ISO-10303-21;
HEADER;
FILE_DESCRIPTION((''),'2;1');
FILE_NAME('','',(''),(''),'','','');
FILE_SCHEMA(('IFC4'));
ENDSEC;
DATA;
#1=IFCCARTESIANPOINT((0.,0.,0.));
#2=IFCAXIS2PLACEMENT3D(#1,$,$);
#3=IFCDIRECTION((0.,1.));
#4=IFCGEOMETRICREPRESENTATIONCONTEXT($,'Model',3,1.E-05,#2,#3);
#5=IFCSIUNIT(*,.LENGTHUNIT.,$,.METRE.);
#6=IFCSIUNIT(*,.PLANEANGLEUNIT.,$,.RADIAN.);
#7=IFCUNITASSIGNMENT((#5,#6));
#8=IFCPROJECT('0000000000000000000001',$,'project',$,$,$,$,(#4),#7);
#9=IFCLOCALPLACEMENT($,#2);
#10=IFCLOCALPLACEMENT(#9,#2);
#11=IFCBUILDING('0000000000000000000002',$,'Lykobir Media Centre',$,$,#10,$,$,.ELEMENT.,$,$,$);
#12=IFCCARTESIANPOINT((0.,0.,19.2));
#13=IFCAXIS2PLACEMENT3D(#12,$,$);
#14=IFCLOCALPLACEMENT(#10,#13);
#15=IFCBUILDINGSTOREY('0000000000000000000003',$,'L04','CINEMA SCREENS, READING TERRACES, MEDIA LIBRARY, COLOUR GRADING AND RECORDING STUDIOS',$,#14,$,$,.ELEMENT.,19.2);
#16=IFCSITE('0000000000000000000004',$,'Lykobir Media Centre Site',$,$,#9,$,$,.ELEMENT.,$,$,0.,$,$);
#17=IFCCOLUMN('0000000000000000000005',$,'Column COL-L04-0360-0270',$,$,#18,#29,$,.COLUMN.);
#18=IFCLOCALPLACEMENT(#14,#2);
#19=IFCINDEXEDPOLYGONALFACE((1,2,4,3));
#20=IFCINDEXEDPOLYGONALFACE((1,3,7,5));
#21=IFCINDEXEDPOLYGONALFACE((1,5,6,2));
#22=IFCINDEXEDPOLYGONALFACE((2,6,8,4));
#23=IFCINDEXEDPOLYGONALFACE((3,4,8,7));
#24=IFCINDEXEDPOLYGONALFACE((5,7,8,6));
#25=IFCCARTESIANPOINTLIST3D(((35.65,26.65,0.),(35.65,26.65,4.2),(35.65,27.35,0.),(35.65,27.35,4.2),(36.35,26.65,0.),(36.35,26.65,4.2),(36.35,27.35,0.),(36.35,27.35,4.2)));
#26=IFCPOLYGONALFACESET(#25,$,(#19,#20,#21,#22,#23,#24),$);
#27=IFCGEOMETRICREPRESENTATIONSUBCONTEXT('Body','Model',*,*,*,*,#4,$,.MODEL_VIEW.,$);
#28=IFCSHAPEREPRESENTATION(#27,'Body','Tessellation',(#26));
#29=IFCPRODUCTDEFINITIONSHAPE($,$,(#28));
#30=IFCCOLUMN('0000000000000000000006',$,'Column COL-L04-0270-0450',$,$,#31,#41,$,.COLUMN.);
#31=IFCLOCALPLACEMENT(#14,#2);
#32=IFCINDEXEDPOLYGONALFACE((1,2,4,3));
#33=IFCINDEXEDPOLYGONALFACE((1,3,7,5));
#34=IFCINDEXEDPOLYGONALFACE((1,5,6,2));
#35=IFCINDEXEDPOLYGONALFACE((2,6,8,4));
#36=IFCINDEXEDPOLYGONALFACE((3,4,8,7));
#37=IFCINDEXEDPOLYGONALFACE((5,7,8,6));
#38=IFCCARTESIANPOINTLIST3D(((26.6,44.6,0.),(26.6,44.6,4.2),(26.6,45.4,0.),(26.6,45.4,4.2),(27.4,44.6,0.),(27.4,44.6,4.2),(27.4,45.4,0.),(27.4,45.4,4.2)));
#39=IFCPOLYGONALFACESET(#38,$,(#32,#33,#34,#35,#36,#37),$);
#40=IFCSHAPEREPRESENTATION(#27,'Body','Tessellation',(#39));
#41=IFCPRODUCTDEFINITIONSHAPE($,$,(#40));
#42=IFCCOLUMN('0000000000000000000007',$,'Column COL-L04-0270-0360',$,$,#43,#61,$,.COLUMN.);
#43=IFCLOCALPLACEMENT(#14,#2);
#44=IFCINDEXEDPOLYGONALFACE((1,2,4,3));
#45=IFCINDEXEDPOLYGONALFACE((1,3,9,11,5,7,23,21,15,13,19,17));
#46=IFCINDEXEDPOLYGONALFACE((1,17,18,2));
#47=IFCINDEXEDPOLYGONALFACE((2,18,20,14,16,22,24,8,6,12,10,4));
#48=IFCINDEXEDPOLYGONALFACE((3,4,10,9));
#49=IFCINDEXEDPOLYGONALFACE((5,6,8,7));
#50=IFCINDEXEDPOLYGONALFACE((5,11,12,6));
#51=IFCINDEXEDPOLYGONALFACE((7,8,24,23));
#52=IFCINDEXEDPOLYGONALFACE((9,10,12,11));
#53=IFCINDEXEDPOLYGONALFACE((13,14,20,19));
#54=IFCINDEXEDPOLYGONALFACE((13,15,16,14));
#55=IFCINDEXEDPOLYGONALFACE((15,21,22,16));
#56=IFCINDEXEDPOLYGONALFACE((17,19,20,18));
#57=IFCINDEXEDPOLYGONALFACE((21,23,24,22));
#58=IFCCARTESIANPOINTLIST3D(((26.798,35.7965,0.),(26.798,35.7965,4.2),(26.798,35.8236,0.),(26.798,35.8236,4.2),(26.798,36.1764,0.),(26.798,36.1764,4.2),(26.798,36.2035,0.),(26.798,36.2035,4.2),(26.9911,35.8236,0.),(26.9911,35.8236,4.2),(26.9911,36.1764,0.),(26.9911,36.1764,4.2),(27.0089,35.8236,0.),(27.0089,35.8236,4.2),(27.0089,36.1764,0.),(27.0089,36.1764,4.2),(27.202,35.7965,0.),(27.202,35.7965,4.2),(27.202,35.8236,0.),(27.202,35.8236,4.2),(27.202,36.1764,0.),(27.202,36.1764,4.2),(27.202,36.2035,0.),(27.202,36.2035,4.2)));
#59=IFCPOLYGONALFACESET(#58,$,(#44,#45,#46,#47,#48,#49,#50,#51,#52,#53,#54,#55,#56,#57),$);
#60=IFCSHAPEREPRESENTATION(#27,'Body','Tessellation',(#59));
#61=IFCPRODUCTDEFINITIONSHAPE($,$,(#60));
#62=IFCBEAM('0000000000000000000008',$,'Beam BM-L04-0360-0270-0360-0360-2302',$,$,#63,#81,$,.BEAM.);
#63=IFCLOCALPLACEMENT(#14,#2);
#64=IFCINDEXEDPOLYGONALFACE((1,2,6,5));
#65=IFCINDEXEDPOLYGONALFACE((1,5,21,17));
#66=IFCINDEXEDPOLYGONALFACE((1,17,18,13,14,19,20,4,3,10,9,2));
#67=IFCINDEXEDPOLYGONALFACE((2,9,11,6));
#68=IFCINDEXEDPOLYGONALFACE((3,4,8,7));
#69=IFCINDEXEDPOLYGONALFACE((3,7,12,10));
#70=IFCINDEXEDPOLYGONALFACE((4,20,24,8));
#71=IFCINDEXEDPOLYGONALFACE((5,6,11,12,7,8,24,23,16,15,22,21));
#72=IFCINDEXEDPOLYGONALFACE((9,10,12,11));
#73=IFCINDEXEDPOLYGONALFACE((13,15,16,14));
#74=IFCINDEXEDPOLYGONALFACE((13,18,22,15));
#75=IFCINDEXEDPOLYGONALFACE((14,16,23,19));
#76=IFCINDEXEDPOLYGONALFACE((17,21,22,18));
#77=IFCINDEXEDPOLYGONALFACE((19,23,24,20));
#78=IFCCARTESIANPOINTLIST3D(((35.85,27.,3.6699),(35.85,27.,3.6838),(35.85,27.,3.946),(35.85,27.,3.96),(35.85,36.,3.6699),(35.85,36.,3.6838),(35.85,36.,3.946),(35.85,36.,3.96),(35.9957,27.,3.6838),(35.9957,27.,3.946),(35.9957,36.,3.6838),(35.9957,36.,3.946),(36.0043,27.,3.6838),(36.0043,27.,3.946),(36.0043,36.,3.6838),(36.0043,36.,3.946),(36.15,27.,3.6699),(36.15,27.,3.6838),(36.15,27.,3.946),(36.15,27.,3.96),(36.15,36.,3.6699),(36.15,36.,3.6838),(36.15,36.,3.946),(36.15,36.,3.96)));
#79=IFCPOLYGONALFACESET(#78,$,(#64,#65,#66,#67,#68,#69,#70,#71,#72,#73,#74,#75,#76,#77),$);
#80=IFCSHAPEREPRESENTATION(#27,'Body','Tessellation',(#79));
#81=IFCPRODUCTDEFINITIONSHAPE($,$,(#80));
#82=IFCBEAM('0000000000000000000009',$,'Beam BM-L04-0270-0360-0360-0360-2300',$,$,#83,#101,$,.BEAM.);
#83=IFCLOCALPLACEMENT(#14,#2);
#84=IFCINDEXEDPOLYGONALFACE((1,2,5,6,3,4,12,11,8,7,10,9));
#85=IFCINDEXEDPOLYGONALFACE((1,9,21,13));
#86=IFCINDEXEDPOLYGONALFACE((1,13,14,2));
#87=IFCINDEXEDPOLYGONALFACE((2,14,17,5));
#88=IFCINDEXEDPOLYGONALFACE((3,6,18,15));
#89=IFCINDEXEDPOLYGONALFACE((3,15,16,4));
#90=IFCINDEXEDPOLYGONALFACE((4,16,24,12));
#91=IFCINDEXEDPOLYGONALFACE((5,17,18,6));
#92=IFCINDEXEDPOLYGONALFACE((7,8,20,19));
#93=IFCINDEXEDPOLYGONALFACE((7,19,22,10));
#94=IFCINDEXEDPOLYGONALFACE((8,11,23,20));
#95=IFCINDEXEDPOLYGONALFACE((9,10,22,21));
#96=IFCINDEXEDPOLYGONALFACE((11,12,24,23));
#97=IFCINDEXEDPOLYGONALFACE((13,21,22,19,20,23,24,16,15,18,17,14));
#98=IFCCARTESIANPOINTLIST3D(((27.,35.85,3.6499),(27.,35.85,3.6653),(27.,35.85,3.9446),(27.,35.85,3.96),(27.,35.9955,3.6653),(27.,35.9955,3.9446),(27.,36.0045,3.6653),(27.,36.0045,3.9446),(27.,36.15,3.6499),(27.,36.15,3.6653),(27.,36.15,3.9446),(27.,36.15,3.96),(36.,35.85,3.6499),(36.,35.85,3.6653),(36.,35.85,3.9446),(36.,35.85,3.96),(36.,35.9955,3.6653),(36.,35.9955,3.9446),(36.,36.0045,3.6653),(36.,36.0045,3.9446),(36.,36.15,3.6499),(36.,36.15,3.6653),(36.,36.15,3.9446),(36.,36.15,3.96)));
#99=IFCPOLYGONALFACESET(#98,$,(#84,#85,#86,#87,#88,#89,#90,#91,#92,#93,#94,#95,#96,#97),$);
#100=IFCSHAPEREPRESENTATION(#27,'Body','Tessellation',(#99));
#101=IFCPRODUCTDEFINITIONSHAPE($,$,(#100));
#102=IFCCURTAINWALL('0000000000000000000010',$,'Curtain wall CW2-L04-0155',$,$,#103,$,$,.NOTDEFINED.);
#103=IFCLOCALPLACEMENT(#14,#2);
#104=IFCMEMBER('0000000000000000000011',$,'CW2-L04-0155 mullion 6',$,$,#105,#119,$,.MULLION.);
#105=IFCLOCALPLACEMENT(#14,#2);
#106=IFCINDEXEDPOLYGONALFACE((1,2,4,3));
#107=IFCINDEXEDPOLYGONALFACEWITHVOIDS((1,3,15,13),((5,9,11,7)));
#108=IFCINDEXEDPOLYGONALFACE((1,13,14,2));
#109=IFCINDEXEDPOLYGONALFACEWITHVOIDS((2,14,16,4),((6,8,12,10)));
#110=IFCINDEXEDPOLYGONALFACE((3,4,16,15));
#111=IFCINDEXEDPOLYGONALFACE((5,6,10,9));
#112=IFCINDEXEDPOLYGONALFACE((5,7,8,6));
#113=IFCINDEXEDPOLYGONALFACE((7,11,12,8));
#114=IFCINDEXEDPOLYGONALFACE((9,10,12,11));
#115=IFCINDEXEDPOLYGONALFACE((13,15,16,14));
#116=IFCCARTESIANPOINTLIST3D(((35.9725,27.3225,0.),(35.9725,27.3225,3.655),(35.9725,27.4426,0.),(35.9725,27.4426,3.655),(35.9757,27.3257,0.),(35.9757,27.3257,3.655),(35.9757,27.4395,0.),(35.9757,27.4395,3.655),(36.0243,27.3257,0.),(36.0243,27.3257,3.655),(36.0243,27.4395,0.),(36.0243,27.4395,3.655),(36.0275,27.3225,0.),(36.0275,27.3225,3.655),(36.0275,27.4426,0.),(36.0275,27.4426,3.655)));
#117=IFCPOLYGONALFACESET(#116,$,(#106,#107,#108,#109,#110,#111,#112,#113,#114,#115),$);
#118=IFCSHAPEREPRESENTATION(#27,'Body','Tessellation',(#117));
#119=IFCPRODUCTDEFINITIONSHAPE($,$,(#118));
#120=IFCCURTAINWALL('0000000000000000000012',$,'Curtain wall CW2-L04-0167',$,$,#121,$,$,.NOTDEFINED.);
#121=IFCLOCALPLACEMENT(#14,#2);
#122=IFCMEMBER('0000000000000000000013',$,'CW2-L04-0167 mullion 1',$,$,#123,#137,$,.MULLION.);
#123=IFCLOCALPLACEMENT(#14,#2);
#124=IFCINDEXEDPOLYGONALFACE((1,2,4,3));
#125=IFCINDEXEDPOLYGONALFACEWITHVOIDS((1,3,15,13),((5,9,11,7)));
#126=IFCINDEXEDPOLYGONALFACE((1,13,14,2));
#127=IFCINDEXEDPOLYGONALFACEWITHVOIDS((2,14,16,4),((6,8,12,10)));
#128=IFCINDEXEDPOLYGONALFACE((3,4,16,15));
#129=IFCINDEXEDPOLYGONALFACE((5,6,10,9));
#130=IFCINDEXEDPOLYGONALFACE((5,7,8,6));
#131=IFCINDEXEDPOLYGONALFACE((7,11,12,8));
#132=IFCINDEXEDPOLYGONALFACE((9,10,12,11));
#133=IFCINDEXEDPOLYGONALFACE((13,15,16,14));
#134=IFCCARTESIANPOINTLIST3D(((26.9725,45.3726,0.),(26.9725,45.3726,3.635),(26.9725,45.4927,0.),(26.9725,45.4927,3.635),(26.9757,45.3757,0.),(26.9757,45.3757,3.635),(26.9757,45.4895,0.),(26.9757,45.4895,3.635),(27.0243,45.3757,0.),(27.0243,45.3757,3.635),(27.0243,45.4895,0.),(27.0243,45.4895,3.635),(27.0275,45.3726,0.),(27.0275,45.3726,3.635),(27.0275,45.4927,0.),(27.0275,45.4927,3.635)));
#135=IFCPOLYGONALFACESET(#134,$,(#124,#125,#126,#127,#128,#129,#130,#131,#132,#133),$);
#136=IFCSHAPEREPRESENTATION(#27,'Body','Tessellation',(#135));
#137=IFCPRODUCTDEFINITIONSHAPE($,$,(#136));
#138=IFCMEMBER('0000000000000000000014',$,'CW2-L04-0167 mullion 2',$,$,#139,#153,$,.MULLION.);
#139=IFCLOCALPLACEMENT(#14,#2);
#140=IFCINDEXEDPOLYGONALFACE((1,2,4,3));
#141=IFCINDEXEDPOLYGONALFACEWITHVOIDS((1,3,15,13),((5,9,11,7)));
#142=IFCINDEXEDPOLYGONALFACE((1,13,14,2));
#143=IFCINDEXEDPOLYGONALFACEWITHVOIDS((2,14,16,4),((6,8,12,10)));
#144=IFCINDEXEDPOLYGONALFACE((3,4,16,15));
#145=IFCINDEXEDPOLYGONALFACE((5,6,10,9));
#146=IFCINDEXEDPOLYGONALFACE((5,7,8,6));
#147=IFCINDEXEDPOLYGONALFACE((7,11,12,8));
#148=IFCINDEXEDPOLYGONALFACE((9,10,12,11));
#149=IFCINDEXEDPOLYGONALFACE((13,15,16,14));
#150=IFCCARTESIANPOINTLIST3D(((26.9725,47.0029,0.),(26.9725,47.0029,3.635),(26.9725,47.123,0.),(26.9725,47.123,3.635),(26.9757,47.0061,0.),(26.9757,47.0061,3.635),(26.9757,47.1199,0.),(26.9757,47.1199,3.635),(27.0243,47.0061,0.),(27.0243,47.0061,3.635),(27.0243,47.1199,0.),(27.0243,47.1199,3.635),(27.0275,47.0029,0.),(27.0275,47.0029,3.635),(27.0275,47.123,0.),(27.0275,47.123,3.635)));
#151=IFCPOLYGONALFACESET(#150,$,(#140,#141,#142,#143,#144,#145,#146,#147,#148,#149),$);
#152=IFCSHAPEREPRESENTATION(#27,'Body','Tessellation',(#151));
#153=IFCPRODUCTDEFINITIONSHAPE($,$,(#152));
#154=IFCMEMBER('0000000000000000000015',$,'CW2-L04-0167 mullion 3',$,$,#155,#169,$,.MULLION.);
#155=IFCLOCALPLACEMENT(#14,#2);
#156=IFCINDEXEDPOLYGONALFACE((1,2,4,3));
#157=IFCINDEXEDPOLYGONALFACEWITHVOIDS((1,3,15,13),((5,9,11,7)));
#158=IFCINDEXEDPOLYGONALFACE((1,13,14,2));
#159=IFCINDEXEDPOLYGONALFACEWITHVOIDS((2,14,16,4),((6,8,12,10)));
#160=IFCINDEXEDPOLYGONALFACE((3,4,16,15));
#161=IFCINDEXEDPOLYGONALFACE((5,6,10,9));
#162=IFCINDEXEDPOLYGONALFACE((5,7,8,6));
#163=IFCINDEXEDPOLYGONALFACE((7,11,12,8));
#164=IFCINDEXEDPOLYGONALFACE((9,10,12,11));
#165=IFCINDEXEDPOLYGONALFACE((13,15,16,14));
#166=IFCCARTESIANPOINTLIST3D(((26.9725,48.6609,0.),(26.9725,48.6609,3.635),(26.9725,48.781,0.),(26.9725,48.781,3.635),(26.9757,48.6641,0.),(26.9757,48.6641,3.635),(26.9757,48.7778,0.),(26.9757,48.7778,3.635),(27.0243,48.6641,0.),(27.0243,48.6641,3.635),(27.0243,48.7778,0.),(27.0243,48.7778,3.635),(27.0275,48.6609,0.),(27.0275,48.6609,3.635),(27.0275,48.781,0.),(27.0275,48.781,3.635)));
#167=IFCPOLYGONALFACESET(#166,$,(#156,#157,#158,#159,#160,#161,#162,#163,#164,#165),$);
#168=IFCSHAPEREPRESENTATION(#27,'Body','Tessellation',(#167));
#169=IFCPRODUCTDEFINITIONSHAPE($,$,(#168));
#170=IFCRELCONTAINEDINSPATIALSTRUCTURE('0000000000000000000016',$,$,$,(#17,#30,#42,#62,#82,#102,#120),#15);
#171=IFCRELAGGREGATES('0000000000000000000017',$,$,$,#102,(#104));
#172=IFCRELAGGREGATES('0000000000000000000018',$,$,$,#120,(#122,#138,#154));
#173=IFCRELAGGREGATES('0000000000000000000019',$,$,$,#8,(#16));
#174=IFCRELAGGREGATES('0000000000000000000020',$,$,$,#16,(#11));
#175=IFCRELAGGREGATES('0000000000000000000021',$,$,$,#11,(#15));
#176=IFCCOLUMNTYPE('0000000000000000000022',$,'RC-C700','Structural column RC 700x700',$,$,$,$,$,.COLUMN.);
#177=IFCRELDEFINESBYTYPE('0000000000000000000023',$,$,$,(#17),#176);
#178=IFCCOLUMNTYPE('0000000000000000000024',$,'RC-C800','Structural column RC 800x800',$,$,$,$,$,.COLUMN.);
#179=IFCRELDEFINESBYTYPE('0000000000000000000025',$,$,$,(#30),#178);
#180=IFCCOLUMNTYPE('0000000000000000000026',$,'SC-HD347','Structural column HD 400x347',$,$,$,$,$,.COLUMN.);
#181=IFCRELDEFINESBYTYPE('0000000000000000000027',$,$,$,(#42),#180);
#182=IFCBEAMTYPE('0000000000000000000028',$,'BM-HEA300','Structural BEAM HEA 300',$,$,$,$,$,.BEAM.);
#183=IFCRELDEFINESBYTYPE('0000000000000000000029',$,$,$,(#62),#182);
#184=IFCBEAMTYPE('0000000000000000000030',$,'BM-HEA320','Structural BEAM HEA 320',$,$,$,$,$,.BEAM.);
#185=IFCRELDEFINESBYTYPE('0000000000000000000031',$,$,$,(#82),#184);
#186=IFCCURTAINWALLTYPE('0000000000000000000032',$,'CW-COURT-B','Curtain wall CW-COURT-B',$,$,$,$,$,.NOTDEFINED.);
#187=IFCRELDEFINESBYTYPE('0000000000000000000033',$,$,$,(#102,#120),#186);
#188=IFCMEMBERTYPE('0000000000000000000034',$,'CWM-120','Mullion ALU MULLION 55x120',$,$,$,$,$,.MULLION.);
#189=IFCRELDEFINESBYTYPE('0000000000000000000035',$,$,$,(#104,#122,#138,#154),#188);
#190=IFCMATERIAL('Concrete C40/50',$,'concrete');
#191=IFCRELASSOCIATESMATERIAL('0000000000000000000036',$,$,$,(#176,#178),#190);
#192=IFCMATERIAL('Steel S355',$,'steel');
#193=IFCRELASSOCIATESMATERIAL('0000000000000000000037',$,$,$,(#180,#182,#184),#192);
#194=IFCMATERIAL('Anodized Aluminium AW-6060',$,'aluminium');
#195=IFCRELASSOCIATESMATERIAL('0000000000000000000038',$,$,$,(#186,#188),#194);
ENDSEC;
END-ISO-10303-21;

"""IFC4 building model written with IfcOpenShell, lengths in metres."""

from ifc_helpers import new_model, si_unit, direction, frame, origin, origin_2d, place, context, subcontext, project, spatial, rectangle, hollow_rectangle, i_section, extrude, material, material_profile, profile_set, type_object, element, aggregate, save


model = new_model("IFC4")

# Units and contexts
model_context = context("Model", 3, precision=1e-05, world=origin(), true_north=direction((0.0, 1.0)))
body_context = subcontext(model_context, "Body", "Model", "MODEL_VIEW")
ifc_project = project(units=[si_unit("LENGTHUNIT", "METRE"), si_unit("PLANEANGLEUNIT", "RADIAN")], contexts=[model_context])

# Site, building, storey
site_placement = place(None, origin())
site = spatial("IfcSite", under=ifc_project, at=site_placement, Name="Lykobir Media Centre Site", CompositionType="ELEMENT", RefElevation=0.0)
building_placement = place(site_placement, origin())
building = spatial("IfcBuilding", under=site, at=building_placement, Name="Lykobir Media Centre", CompositionType="ELEMENT")
storey_placement = place(building_placement, frame((0.0, 0.0, 19.2)))
storey = spatial("IfcBuildingStorey", under=building, at=storey_placement, Name="L04", Description="CINEMA SCREENS, READING TERRACES, MEDIA LIBRARY, COLOUR GRADING AND RECORDING STUDIOS", CompositionType="ELEMENT", Elevation=19.2)

# Columns
ifc_material_1 = material(Name="Concrete C40/50", Category="concrete")
ifc_material_profile_1 = material_profile(ifc_material_1, rectangle(XDim=0.7, YDim=0.7, at=origin_2d()), Name="RC 700x700")
ifc_profile_set_1 = profile_set([ifc_material_profile_1], Name="Concrete C40/50")
column_type_1 = type_object("IfcColumnType", Name="RC-C700", Description="Structural column RC 700x700", PredefinedType="COLUMN", material=ifc_profile_set_1)
column_1_placement = place(storey_placement, frame((36.0, 27.0, 0.0), z_axis=(0.0, 0.0, 1.0), x_axis=(1.0, 0.0, 0.0)))
element("IfcColumn", 1, at=column_1_placement, inside=storey, type_object=column_type_1, Name="Column COL-L04-0360-0270", PredefinedType="COLUMN", context=body_context, shape_type="SweptSolid", body=[
    extrude(rectangle(XDim=0.7, YDim=0.7, at=origin_2d()), origin(), (0.0, 0.0, 1.0), 4.2),
])
ifc_material_profile_2 = material_profile(ifc_material_1, rectangle(XDim=0.8, YDim=0.8, at=origin_2d()), Name="RC 800x800")
ifc_profile_set_2 = profile_set([ifc_material_profile_2], Name="Concrete C40/50")
column_type_2 = type_object("IfcColumnType", Name="RC-C800", Description="Structural column RC 800x800", PredefinedType="COLUMN", material=ifc_profile_set_2)
column_2_placement = place(storey_placement, frame((27.0, 45.0, 0.0), z_axis=(0.0, 0.0, 1.0), x_axis=(1.0, 0.0, 0.0)))
element("IfcColumn", 2, at=column_2_placement, inside=storey, type_object=column_type_2, Name="Column COL-L04-0270-0450", PredefinedType="COLUMN", context=body_context, shape_type="SweptSolid", body=[
    extrude(rectangle(XDim=0.8, YDim=0.8, at=origin_2d()), origin(), (0.0, 0.0, 1.0), 4.2),
])
ifc_material_2 = material(Name="Steel S355", Category="steel")
ifc_material_profile_3 = material_profile(ifc_material_2, i_section(OverallWidth=0.4041, OverallDepth=0.407, WebThickness=0.0178, FlangeThickness=0.0271, at=origin_2d()), Name="HD 400x347")
ifc_profile_set_3 = profile_set([ifc_material_profile_3], Name="Steel S355")
column_type_3 = type_object("IfcColumnType", Name="SC-HD347", Description="Structural column HD 400x347", PredefinedType="COLUMN", material=ifc_profile_set_3)
column_3_placement = place(storey_placement, frame((27.0, 36.0, 0.0), z_axis=(0.0, 0.0, 1.0), x_axis=(1.0, 0.0, 0.0)))
element("IfcColumn", 3, at=column_3_placement, inside=storey, type_object=column_type_3, Name="Column COL-L04-0270-0360", PredefinedType="COLUMN", context=body_context, shape_type="SweptSolid", body=[
    extrude(i_section(OverallWidth=0.4041, OverallDepth=0.407, WebThickness=0.0178, FlangeThickness=0.0271, at=origin_2d()), origin(), (0.0, 0.0, 1.0), 4.2),
])

# Beams
ifc_material_profile_4 = material_profile(ifc_material_2, i_section(OverallWidth=0.3, OverallDepth=0.29, WebThickness=0.0085, FlangeThickness=0.0139, at=origin_2d()), Name="HEA 300")
ifc_profile_set_4 = profile_set([ifc_material_profile_4], Name="Steel S355")
beam_type_1 = type_object("IfcBeamType", Name="BM-HEA300", Description="Structural BEAM HEA 300", PredefinedType="BEAM", material=ifc_profile_set_4)
beam_1_placement = place(storey_placement, frame((36.0, 27.0, 3.8149), z_axis=(0.0, 1.0, 0.0), x_axis=(-1.0, 0.0, 0.0)))
element("IfcBeam", 4, at=beam_1_placement, inside=storey, type_object=beam_type_1, Name="Beam BM-L04-0360-0270-0360-0360-2302", PredefinedType="BEAM", context=body_context, shape_type="SweptSolid", body=[
    extrude(i_section(OverallWidth=0.3, OverallDepth=0.29, WebThickness=0.0085, FlangeThickness=0.0139, at=origin_2d()), origin(), (0.0, 0.0, 1.0), 9.0),
])
ifc_material_profile_5 = material_profile(ifc_material_2, i_section(OverallWidth=0.3, OverallDepth=0.3101, WebThickness=0.009, FlangeThickness=0.0154, at=origin_2d()), Name="HEA 320")
ifc_profile_set_5 = profile_set([ifc_material_profile_5], Name="Steel S355")
beam_type_2 = type_object("IfcBeamType", Name="BM-HEA320", Description="Structural BEAM HEA 320", PredefinedType="BEAM", material=ifc_profile_set_5)
beam_2_placement = place(storey_placement, frame((27.0, 36.0, 3.8049), z_axis=(1.0, 0.0, 0.0), x_axis=(0.0, 1.0, 0.0)))
element("IfcBeam", 5, at=beam_2_placement, inside=storey, type_object=beam_type_2, Name="Beam BM-L04-0270-0360-0360-0360-2300", PredefinedType="BEAM", context=body_context, shape_type="SweptSolid", body=[
    extrude(i_section(OverallWidth=0.3, OverallDepth=0.3101, WebThickness=0.009, FlangeThickness=0.0154, at=origin_2d()), origin(), (0.0, 0.0, 1.0), 9.0),
])

# Curtain wall, member
ifc_material_3 = material(Name="Anodized Aluminium AW-6060", Category="aluminium")
curtain_wall_type = type_object("IfcCurtainWallType", Name="CW-COURT-B", Description="Curtain wall CW-COURT-B", PredefinedType="NOTDEFINED", material=ifc_material_3)
curtain_wall_1_placement = place(storey_placement, origin())
curtain_wall_1 = element("IfcCurtainWall", 6, at=curtain_wall_1_placement, inside=storey, type_object=curtain_wall_type, Name="Curtain wall CW2-L04-0155", PredefinedType="NOTDEFINED")
ifc_material_profile_6 = material_profile(ifc_material_3, hollow_rectangle(XDim=0.0549, YDim=0.1201, WallThickness=0.0032, at=origin_2d()), Name="ALU MULLION 55x120")
ifc_profile_set_6 = profile_set([ifc_material_profile_6], Name="Anodized Aluminium AW-6060")
member_type_1 = type_object("IfcMemberType", Name="CWM-120", Description="Mullion ALU MULLION 55x120", PredefinedType="MULLION", material=ifc_profile_set_6)
member_1_placement = place(storey_placement, frame((36.0, 27.3826, 0.0), z_axis=(0.0, 0.0, 1.0), x_axis=(1.0, 0.0, 0.0)))
member_1 = element("IfcMember", 7, at=member_1_placement, type_object=member_type_1, Name="CW2-L04-0155 mullion 6", PredefinedType="MULLION", context=body_context, shape_type="SweptSolid", body=[
    extrude(hollow_rectangle(XDim=0.0549, YDim=0.1201, WallThickness=0.0032, at=origin_2d()), origin(), (0.0, 0.0, 1.0), 3.655),
])

# Curtain wall, members
curtain_wall_2_placement = place(storey_placement, origin())
curtain_wall_2 = element("IfcCurtainWall", 8, at=curtain_wall_2_placement, inside=storey, type_object=curtain_wall_type, Name="Curtain wall CW2-L04-0167", PredefinedType="NOTDEFINED")
member_2_placement = place(storey_placement, frame((27.0, 45.4326, 0.0), z_axis=(0.0, 0.0, 1.0), x_axis=(-1.0, 0.0, 0.0)))
member_2 = element("IfcMember", 9, at=member_2_placement, type_object=member_type_1, Name="CW2-L04-0167 mullion 1", PredefinedType="MULLION", context=body_context, shape_type="SweptSolid", body=[
    extrude(hollow_rectangle(XDim=0.0549, YDim=0.1201, WallThickness=0.0032, at=origin_2d()), origin(), (0.0, 0.0, 1.0), 3.635),
])
member_3_placement = place(storey_placement, frame((27.0, 47.063, 0.0), z_axis=(0.0, 0.0, 1.0), x_axis=(-1.0, 0.0, 0.0)))
member_3 = element("IfcMember", 10, at=member_3_placement, type_object=member_type_1, Name="CW2-L04-0167 mullion 2", PredefinedType="MULLION", context=body_context, shape_type="SweptSolid", body=[
    extrude(hollow_rectangle(XDim=0.0549, YDim=0.1201, WallThickness=0.0032, at=origin_2d()), origin(), (0.0, 0.0, 1.0), 3.635),
])
member_4_placement = place(storey_placement, frame((27.0, 48.7209, 0.0), z_axis=(0.0, 0.0, 1.0), x_axis=(-1.0, 0.0, 0.0)))
member_4 = element("IfcMember", 11, at=member_4_placement, type_object=member_type_1, Name="CW2-L04-0167 mullion 3", PredefinedType="MULLION", context=body_context, shape_type="SweptSolid", body=[
    extrude(hollow_rectangle(XDim=0.0549, YDim=0.1201, WallThickness=0.0032, at=origin_2d()), origin(), (0.0, 0.0, 1.0), 3.635),
])

aggregate(curtain_wall_1, [member_1])
aggregate(curtain_wall_2, [member_2, member_3, member_4])

save(model, "model.ifc")
